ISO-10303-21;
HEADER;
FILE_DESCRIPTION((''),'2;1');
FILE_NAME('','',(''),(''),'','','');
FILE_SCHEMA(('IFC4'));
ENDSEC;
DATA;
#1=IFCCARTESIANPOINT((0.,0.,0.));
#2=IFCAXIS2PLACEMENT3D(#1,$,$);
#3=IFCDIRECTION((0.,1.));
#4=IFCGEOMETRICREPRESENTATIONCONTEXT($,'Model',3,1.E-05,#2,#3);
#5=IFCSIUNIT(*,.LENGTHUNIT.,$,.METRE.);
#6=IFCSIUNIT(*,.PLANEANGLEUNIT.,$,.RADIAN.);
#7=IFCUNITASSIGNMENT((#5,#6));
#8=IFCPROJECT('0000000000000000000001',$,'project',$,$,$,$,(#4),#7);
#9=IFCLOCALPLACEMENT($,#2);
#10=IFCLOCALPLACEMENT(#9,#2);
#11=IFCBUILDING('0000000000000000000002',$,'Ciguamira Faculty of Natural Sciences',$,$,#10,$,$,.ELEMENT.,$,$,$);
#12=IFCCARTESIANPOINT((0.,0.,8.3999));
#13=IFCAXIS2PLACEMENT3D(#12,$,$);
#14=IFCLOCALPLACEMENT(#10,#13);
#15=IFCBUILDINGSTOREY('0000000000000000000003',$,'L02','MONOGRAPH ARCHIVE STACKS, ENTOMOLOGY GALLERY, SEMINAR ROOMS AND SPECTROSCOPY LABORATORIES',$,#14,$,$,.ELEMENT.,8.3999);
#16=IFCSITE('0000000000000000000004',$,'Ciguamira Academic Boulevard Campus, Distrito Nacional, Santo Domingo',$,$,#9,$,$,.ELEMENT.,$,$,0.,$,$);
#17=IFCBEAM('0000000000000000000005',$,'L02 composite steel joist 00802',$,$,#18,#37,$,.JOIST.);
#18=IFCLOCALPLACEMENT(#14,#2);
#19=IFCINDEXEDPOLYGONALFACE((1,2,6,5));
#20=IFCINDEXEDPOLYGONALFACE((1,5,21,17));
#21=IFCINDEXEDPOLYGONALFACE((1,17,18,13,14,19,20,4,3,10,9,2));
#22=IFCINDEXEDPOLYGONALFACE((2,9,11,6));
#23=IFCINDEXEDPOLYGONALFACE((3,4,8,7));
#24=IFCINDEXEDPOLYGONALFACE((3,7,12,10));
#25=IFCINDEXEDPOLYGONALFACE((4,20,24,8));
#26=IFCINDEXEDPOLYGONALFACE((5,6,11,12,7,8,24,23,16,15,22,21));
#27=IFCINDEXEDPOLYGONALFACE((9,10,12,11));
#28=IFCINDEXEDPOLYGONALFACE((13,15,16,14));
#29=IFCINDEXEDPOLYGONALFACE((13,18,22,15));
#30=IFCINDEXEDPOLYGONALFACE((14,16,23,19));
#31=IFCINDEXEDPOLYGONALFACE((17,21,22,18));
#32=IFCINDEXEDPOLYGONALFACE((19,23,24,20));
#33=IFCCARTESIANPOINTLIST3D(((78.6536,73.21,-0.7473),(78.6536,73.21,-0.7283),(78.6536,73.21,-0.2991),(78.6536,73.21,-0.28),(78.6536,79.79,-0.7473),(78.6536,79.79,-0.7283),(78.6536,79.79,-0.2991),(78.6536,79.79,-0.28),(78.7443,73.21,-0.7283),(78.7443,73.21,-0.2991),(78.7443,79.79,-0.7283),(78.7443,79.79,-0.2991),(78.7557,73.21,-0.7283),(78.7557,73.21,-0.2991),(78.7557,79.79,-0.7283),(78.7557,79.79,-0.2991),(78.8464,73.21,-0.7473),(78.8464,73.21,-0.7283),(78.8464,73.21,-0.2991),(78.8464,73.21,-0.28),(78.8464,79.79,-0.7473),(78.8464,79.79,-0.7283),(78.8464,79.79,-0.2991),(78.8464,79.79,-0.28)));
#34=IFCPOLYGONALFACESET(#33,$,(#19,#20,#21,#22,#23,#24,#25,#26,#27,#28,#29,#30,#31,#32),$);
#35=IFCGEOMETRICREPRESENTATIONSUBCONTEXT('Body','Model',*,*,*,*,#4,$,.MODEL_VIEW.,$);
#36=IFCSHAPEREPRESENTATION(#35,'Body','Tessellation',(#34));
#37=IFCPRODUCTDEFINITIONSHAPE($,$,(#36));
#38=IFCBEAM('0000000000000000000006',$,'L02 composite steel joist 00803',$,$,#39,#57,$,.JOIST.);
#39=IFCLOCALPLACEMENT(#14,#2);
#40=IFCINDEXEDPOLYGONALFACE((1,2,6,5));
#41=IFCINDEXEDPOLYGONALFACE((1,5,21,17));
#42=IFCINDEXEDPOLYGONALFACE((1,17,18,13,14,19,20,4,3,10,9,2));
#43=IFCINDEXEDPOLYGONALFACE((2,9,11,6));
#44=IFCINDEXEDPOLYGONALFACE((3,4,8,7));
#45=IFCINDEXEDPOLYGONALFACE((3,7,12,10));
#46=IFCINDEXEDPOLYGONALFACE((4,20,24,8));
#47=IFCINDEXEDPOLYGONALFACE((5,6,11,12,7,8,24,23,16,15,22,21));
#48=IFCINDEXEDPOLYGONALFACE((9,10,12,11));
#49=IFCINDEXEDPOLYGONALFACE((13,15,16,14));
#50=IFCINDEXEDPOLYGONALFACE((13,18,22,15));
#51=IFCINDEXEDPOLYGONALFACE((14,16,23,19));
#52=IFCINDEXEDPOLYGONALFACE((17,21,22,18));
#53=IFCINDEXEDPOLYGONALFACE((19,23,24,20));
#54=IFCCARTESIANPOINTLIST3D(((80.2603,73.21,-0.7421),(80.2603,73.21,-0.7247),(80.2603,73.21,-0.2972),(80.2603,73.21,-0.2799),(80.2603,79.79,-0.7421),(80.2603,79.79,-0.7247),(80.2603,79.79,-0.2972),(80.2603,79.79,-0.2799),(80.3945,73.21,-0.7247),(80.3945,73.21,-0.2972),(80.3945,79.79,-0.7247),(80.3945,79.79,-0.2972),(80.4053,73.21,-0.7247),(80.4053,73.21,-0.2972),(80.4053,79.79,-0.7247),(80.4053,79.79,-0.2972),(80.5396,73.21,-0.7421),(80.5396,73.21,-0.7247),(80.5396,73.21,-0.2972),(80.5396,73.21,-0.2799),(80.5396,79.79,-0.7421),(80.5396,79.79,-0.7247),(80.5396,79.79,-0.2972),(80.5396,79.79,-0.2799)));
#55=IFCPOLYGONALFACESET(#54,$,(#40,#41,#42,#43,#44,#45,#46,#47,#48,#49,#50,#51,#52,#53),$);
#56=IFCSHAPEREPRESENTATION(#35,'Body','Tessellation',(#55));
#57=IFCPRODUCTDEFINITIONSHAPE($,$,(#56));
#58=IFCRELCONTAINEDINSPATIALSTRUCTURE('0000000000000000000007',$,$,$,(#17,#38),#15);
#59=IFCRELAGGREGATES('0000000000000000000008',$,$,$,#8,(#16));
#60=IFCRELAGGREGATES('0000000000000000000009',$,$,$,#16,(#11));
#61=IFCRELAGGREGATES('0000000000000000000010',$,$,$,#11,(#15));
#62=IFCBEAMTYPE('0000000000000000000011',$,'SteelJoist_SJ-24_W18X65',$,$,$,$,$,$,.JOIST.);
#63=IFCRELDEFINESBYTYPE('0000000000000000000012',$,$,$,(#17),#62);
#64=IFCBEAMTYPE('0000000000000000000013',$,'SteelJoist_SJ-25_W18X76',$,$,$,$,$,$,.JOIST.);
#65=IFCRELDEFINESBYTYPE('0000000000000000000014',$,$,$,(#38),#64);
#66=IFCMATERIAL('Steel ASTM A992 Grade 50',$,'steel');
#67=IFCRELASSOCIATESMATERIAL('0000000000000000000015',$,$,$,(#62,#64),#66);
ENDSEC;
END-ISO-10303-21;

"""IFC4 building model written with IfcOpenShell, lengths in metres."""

from ifc_helpers import new_model, si_unit, direction, frame, origin, origin_2d, place, context, subcontext, project, spatial, i_section, extrude, material, material_profile, profile_set, type_object, element, save


model = new_model("IFC4")

# Units and contexts
model_context = context("Model", 3, precision=1e-05, world=origin(), true_north=direction((0.0, 1.0)))
body_context = subcontext(model_context, "Body", "Model", "MODEL_VIEW")
ifc_project = project(units=[si_unit("LENGTHUNIT", "METRE"), si_unit("PLANEANGLEUNIT", "RADIAN")], contexts=[model_context])

# Site, building, storey
site_placement = place(None, origin())
site = spatial("IfcSite", under=ifc_project, at=site_placement, Name="Ciguamira Academic Boulevard Campus, Distrito Nacional, Santo Domingo", CompositionType="ELEMENT", RefElevation=0.0)
building_placement = place(site_placement, origin())
building = spatial("IfcBuilding", under=site, at=building_placement, Name="Ciguamira Faculty of Natural Sciences", CompositionType="ELEMENT")
storey_placement = place(building_placement, frame((0.0, 0.0, 8.3999)))
storey = spatial("IfcBuildingStorey", under=building, at=storey_placement, Name="L02", Description="MONOGRAPH ARCHIVE STACKS, ENTOMOLOGY GALLERY, SEMINAR ROOMS AND SPECTROSCOPY LABORATORIES", CompositionType="ELEMENT", Elevation=8.3999)

# Beams
ifc_material_1 = material(Name="Steel ASTM A992 Grade 50", Category="steel")
ifc_material_profile_1 = material_profile(ifc_material_1, i_section(OverallWidth=0.1929, OverallDepth=0.4673, WebThickness=0.0115, FlangeThickness=0.019, at=origin_2d()), Name="W18X65")
ifc_profile_set_1 = profile_set([ifc_material_profile_1], Name="Steel ASTM A992 Grade 50")
beam_type_1 = type_object("IfcBeamType", Name="SteelJoist_SJ-24_W18X65", PredefinedType="JOIST", material=ifc_profile_set_1)
beam_1_placement = place(storey_placement, frame((78.75, 73.21, -0.5137), z_axis=(0.0, 1.0, 0.0), x_axis=(-1.0, 0.0, 0.0)))
element("IfcBeam", 1, at=beam_1_placement, inside=storey, type_object=beam_type_1, Name="L02 composite steel joist 00802", PredefinedType="JOIST", context=body_context, shape_type="SweptSolid", body=[
    extrude(i_section(OverallWidth=0.1929, OverallDepth=0.4673, WebThickness=0.0115, FlangeThickness=0.019, at=origin_2d()), origin(), (0.0, 0.0, 1.0), 6.5801),
])
ifc_material_profile_2 = material_profile(ifc_material_1, i_section(OverallWidth=0.2793, OverallDepth=0.4622, WebThickness=0.0107, FlangeThickness=0.0173, at=origin_2d()), Name="W18X76")
ifc_profile_set_2 = profile_set([ifc_material_profile_2], Name="Steel ASTM A992 Grade 50")
beam_type_2 = type_object("IfcBeamType", Name="SteelJoist_SJ-25_W18X76", PredefinedType="JOIST", material=ifc_profile_set_2)
beam_2_placement = place(storey_placement, frame((80.3999, 73.21, -0.511), z_axis=(0.0, 1.0, 0.0), x_axis=(-1.0, 0.0, 0.0)))
element("IfcBeam", 2, at=beam_2_placement, inside=storey, type_object=beam_type_2, Name="L02 composite steel joist 00803", PredefinedType="JOIST", context=body_context, shape_type="SweptSolid", body=[
    extrude(i_section(OverallWidth=0.2793, OverallDepth=0.4622, WebThickness=0.0107, FlangeThickness=0.0173, at=origin_2d()), origin(), (0.0, 0.0, 1.0), 6.5801),
])

save(model, "model.ifc")
